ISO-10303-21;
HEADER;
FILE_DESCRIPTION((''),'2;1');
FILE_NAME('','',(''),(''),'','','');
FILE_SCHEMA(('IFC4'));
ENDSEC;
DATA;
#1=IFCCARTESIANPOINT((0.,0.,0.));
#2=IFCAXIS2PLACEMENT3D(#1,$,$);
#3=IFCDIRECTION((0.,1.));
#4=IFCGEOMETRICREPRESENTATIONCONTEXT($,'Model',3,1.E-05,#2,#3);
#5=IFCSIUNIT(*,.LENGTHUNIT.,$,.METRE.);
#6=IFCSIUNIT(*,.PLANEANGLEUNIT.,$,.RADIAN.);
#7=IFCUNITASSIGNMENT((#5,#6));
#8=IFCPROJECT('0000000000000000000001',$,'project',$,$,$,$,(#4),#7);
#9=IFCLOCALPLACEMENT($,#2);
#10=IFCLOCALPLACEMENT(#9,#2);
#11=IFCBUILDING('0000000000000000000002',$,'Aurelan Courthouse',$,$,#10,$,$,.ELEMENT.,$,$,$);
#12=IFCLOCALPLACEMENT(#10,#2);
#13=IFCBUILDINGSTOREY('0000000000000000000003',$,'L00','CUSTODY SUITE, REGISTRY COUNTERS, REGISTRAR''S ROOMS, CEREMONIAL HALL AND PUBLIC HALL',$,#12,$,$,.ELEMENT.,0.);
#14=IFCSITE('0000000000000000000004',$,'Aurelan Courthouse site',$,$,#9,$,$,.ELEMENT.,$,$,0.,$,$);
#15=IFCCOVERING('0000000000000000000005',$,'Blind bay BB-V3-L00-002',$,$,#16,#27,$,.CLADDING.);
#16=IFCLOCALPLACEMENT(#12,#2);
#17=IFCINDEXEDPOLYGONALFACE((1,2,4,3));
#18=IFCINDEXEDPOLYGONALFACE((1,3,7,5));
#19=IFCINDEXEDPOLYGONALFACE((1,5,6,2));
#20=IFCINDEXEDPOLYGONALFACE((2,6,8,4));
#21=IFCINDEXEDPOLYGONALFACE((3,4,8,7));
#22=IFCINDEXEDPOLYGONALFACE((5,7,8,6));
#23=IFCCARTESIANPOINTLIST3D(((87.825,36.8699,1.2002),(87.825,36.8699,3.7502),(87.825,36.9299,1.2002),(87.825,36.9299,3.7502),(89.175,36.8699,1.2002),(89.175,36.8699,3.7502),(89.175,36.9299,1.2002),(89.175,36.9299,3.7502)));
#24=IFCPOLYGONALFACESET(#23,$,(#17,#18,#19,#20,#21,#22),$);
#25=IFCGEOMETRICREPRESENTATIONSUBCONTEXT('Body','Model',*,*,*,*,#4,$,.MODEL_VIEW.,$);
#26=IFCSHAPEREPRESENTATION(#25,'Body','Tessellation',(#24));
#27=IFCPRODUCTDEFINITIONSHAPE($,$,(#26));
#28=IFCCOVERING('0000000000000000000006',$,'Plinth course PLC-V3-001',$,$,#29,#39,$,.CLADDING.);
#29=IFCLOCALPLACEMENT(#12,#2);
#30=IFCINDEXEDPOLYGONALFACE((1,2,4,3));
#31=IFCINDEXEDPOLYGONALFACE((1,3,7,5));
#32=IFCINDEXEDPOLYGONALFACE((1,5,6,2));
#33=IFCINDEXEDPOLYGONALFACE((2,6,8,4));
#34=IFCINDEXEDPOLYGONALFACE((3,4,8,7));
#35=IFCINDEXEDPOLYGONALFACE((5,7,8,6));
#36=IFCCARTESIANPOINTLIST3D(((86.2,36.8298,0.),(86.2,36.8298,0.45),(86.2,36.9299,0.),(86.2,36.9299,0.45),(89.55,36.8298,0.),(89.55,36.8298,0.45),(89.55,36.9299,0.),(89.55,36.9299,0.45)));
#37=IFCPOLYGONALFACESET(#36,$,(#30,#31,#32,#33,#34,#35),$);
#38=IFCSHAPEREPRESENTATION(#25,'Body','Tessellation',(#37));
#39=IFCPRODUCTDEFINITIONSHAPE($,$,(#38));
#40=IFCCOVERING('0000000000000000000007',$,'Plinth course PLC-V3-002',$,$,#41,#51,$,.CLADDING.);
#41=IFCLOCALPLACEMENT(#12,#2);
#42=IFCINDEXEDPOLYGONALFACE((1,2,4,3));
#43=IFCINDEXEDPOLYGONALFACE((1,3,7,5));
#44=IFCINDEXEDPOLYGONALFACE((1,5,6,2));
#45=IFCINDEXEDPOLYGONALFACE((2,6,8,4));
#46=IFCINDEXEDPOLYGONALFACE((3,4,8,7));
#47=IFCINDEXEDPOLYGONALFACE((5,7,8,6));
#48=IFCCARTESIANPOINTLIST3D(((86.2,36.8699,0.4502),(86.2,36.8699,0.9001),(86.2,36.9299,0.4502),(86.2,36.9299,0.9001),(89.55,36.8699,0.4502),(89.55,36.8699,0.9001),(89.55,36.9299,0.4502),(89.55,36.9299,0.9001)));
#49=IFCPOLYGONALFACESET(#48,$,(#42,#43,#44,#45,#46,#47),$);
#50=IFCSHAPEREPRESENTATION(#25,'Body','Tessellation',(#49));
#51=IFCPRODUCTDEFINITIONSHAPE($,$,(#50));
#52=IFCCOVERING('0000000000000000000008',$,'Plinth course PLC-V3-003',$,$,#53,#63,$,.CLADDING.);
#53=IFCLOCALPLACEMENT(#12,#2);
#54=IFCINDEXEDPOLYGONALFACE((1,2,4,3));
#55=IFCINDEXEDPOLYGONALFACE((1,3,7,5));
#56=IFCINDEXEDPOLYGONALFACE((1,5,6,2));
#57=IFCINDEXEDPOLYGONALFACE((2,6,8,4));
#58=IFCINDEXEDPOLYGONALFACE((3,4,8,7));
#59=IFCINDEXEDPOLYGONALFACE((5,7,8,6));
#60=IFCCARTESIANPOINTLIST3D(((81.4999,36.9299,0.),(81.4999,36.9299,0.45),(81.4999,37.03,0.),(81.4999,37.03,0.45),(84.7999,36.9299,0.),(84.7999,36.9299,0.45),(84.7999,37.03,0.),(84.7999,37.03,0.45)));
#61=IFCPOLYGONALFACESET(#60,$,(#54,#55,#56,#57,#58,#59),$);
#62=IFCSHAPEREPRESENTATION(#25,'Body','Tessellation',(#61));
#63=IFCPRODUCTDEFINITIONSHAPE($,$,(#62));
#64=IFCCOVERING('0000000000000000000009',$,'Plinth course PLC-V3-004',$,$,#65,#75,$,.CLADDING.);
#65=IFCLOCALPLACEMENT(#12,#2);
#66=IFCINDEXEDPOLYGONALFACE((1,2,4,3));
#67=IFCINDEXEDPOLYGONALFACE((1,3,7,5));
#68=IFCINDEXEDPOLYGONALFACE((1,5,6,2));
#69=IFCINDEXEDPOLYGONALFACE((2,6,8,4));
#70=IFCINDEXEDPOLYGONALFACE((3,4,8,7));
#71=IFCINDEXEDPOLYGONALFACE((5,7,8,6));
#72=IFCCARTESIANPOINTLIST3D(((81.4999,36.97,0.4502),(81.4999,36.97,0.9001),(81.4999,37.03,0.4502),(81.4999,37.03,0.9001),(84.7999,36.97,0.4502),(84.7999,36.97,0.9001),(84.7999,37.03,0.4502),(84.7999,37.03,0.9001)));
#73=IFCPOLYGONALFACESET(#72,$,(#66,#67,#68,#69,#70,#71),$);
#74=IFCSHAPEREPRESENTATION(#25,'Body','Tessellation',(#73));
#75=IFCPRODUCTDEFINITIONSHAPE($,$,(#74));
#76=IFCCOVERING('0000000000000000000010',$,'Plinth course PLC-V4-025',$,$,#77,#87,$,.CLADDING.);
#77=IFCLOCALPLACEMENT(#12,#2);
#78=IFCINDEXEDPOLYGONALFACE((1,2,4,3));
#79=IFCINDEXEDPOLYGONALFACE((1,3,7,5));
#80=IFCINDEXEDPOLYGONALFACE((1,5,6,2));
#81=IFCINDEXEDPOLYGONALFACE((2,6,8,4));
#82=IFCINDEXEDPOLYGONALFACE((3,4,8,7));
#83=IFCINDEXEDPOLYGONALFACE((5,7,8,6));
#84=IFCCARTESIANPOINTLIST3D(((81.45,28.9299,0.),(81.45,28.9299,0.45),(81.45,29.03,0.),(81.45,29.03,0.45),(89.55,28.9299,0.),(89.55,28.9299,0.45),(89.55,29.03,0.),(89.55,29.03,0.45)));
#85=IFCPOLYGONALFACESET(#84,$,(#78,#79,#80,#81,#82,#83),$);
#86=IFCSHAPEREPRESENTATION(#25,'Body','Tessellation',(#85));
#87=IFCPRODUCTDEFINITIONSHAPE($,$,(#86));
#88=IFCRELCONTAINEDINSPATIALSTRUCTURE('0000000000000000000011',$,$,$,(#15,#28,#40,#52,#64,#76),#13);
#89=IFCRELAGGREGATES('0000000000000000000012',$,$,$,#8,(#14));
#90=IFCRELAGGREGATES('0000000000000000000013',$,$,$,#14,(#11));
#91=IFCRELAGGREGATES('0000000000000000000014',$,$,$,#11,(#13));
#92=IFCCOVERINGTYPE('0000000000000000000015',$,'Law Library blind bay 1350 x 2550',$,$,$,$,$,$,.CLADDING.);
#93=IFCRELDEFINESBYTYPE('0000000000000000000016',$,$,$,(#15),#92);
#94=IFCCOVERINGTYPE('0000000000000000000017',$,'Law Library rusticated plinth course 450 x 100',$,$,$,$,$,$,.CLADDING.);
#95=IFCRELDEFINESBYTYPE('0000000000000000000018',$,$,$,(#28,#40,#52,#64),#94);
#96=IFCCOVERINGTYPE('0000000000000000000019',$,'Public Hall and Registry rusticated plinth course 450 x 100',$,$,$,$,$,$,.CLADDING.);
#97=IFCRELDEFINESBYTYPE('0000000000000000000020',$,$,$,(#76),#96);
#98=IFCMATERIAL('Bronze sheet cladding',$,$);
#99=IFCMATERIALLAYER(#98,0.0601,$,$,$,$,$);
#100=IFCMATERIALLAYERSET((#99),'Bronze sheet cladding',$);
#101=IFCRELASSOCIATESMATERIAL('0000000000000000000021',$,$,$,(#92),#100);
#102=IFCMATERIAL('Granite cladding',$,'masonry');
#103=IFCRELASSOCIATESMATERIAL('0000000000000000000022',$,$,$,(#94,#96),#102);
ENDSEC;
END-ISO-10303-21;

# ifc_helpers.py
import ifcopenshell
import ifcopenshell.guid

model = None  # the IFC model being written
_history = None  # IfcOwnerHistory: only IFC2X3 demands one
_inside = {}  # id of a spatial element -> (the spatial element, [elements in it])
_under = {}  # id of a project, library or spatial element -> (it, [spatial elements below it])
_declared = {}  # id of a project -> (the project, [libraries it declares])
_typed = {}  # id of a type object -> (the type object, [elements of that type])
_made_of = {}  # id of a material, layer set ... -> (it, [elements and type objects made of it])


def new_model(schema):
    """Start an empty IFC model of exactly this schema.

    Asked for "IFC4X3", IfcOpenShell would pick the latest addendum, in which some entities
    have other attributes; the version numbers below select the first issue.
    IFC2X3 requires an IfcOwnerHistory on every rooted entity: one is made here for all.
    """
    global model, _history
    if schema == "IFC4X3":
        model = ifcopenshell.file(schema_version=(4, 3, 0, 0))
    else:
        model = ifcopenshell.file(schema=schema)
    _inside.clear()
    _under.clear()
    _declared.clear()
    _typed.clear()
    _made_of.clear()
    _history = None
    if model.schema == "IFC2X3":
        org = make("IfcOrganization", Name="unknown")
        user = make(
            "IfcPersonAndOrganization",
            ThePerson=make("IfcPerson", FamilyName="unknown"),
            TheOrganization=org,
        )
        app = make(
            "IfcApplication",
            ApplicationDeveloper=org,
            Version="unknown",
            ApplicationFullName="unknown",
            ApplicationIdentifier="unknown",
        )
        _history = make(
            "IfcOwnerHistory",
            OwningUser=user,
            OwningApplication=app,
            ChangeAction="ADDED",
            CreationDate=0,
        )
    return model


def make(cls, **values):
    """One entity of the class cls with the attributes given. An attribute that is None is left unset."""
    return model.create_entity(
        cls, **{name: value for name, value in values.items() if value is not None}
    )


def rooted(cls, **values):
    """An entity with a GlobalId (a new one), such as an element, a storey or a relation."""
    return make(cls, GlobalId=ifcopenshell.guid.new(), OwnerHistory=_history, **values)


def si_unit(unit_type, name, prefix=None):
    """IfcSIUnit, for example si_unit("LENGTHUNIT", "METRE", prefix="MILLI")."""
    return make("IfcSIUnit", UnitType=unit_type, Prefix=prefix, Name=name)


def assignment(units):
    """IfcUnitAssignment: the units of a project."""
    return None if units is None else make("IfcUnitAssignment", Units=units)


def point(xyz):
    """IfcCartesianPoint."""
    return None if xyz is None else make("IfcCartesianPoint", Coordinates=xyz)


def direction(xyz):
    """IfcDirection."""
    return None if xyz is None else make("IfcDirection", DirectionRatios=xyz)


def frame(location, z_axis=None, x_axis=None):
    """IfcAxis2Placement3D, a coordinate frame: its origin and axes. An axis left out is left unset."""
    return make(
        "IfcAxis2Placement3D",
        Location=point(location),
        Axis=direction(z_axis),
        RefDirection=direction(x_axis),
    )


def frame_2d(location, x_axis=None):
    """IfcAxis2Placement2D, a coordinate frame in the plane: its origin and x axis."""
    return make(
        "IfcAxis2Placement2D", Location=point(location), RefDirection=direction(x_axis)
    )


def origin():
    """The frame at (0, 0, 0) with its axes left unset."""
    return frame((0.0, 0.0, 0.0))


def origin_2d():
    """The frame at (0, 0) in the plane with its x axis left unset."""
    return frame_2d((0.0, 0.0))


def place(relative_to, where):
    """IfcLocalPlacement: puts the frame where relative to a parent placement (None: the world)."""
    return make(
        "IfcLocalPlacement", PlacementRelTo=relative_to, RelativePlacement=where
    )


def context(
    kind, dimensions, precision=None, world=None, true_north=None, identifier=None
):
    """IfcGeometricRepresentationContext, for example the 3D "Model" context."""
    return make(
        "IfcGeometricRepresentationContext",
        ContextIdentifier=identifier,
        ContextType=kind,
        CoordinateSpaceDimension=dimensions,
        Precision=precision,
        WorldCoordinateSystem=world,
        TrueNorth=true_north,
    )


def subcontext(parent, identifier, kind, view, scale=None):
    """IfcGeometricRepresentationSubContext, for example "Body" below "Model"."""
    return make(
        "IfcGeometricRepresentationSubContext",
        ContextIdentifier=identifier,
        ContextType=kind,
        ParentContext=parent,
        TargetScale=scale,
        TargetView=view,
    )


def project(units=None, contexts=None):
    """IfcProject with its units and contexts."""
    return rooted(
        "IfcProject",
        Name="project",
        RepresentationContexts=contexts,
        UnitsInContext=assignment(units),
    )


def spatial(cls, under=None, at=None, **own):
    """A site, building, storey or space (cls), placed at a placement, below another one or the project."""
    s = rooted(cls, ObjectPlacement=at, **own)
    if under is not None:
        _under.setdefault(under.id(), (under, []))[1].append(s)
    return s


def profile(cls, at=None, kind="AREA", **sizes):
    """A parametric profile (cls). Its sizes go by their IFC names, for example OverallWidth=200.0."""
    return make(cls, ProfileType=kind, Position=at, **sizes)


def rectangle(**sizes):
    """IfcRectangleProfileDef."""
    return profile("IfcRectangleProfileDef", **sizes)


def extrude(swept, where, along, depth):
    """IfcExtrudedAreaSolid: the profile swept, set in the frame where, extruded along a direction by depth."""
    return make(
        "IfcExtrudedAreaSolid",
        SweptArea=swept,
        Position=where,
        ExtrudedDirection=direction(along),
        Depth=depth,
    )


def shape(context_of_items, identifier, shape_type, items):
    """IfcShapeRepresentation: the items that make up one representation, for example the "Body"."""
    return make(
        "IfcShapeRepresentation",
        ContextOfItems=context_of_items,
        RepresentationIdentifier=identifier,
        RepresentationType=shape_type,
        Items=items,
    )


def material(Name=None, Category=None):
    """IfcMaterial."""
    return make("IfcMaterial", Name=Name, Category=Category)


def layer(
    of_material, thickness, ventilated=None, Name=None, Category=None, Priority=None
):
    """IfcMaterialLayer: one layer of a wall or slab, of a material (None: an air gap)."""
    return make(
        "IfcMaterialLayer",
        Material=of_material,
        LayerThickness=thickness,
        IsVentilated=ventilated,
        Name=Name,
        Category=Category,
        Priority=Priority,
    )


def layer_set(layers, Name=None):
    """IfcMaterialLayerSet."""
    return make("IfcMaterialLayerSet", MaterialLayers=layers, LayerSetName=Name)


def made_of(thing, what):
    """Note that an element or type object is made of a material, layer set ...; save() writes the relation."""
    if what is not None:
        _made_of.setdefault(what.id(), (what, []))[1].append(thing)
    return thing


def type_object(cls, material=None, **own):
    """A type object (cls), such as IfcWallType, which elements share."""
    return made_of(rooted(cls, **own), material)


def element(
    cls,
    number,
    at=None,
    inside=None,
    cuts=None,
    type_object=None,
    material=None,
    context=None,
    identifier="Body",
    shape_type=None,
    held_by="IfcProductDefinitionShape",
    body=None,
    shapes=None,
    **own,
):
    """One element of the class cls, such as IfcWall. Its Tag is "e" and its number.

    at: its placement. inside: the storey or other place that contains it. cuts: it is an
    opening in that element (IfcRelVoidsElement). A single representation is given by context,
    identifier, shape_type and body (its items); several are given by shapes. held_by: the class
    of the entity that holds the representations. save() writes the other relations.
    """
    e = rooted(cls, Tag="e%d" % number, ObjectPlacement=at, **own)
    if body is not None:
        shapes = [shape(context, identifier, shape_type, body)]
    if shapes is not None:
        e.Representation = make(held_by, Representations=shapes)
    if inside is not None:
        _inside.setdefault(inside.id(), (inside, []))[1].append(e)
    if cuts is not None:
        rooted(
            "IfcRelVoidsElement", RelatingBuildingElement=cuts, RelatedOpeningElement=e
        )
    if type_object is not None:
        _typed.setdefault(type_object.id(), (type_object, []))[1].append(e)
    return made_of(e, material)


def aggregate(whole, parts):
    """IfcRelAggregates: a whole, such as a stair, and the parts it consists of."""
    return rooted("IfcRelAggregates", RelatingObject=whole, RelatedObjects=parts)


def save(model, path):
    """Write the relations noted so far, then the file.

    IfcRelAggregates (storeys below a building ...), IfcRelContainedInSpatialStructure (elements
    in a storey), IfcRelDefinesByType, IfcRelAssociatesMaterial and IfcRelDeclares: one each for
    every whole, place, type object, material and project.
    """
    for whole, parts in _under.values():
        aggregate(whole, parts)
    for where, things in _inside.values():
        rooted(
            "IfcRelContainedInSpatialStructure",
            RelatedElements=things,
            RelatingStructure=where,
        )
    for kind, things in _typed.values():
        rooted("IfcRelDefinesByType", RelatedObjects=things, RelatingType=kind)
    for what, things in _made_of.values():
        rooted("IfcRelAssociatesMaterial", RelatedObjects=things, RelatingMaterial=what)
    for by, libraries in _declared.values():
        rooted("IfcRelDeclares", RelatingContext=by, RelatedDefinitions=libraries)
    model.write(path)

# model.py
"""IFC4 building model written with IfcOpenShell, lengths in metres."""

from ifc_helpers import new_model, si_unit, direction, frame, origin, origin_2d, place, context, subcontext, project, spatial, rectangle, extrude, material, layer, layer_set, type_object, element, save


model = new_model("IFC4")

# Units and contexts
model_context = context("Model", 3, precision=1e-05, world=origin(), true_north=direction((0.0, 1.0)))
body_context = subcontext(model_context, "Body", "Model", "MODEL_VIEW")
ifc_project = project(units=[si_unit("LENGTHUNIT", "METRE"), si_unit("PLANEANGLEUNIT", "RADIAN")], contexts=[model_context])

# Site, building, storey
site_placement = place(None, origin())
site = spatial("IfcSite", under=ifc_project, at=site_placement, Name="Aurelan Courthouse site", CompositionType="ELEMENT", RefElevation=0.0)
building_placement = place(site_placement, origin())
building = spatial("IfcBuilding", under=site, at=building_placement, Name="Aurelan Courthouse", CompositionType="ELEMENT")
storey_placement = place(building_placement, origin())
storey = spatial("IfcBuildingStorey", under=building, at=storey_placement, Name="L00", Description="CUSTODY SUITE, REGISTRY COUNTERS, REGISTRAR'S ROOMS, CEREMONIAL HALL AND PUBLIC HALL", CompositionType="ELEMENT", Elevation=0.0)

# Shared definitions
ifc_material_1 = material(Name="Granite cladding", Category="masonry")

# Coverings
ifc_material_2 = material(Name="Bronze sheet cladding")
ifc_layer_1 = layer(ifc_material_2, 0.0601)
ifc_layer_set_1 = layer_set([ifc_layer_1], Name="Bronze sheet cladding")
covering_type_1 = type_object("IfcCoveringType", Name="Law Library blind bay 1350 x 2550", PredefinedType="CLADDING", material=ifc_layer_set_1)
for number, where, z_axis, x_axis, name in (
    (1, (88.5, 36.8999, 1.2002), (0.0, 0.0, 1.0), (1.0, 0.0, 0.0), "Blind bay BB-V3-L00-002"),
):
    element("IfcCovering", number, at=place(storey_placement, frame(where, z_axis=z_axis, x_axis=x_axis)), inside=storey, type_object=covering_type_1, Name=name, PredefinedType="CLADDING", context=body_context, shape_type="SweptSolid", body=[
        extrude(rectangle(XDim=1.3501, YDim=0.0601, at=origin_2d()), origin(), (0.0, 0.0, 1.0), 2.55),
    ])
covering_type_2 = type_object("IfcCoveringType", Name="Law Library rusticated plinth course 450 x 100", PredefinedType="CLADDING", material=ifc_material_1)
covering_1_placement = place(storey_placement, frame((87.875, 36.8799, 0.0), z_axis=(0.0, 0.0, 1.0), x_axis=(1.0, 0.0, 0.0)))
element("IfcCovering", 2, at=covering_1_placement, inside=storey, type_object=covering_type_2, Name="Plinth course PLC-V3-001", PredefinedType="CLADDING", context=body_context, shape_type="SweptSolid", body=[
    extrude(rectangle(XDim=3.3501, YDim=0.1001, at=origin_2d()), origin(), (0.0, 0.0, 1.0), 0.45),
])
covering_2_placement = place(storey_placement, frame((87.875, 36.8999, 0.4502), z_axis=(0.0, 0.0, 1.0), x_axis=(1.0, 0.0, 0.0)))
element("IfcCovering", 3, at=covering_2_placement, inside=storey, type_object=covering_type_2, Name="Plinth course PLC-V3-002", PredefinedType="CLADDING", context=body_context, shape_type="SweptSolid", body=[
    extrude(rectangle(XDim=3.3501, YDim=0.0601, at=origin_2d()), origin(), (0.0, 0.0, 1.0), 0.45),
])
covering_3_placement = place(storey_placement, frame((83.1499, 36.98, 0.0), z_axis=(0.0, 0.0, 1.0), x_axis=(1.0, 0.0, 0.0)))
element("IfcCovering", 4, at=covering_3_placement, inside=storey, type_object=covering_type_2, Name="Plinth course PLC-V3-003", PredefinedType="CLADDING", context=body_context, shape_type="SweptSolid", body=[
    extrude(rectangle(XDim=3.3, YDim=0.1001, at=origin_2d()), origin(), (0.0, 0.0, 1.0), 0.45),
])
covering_4_placement = place(storey_placement, frame((83.1499, 37.0, 0.4502), z_axis=(0.0, 0.0, 1.0), x_axis=(1.0, 0.0, 0.0)))
element("IfcCovering", 5, at=covering_4_placement, inside=storey, type_object=covering_type_2, Name="Plinth course PLC-V3-004", PredefinedType="CLADDING", context=body_context, shape_type="SweptSolid", body=[
    extrude(rectangle(XDim=3.3, YDim=0.0601, at=origin_2d()), origin(), (0.0, 0.0, 1.0), 0.45),
])
covering_type_3 = type_object("IfcCoveringType", Name="Public Hall and Registry rusticated plinth course 450 x 100", PredefinedType="CLADDING", material=ifc_material_1)
covering_5_placement = place(storey_placement, frame((85.5, 28.98, 0.0), z_axis=(0.0, 0.0, 1.0), x_axis=(1.0, 0.0, 0.0)))
element("IfcCovering", 6, at=covering_5_placement, inside=storey, type_object=covering_type_3, Name="Plinth course PLC-V4-025", PredefinedType="CLADDING", context=body_context, shape_type="SweptSolid", body=[
    extrude(rectangle(XDim=8.1001, YDim=0.1001, at=origin_2d()), origin(), (0.0, 0.0, 1.0), 0.45),
])

save(model, "model.ifc")
